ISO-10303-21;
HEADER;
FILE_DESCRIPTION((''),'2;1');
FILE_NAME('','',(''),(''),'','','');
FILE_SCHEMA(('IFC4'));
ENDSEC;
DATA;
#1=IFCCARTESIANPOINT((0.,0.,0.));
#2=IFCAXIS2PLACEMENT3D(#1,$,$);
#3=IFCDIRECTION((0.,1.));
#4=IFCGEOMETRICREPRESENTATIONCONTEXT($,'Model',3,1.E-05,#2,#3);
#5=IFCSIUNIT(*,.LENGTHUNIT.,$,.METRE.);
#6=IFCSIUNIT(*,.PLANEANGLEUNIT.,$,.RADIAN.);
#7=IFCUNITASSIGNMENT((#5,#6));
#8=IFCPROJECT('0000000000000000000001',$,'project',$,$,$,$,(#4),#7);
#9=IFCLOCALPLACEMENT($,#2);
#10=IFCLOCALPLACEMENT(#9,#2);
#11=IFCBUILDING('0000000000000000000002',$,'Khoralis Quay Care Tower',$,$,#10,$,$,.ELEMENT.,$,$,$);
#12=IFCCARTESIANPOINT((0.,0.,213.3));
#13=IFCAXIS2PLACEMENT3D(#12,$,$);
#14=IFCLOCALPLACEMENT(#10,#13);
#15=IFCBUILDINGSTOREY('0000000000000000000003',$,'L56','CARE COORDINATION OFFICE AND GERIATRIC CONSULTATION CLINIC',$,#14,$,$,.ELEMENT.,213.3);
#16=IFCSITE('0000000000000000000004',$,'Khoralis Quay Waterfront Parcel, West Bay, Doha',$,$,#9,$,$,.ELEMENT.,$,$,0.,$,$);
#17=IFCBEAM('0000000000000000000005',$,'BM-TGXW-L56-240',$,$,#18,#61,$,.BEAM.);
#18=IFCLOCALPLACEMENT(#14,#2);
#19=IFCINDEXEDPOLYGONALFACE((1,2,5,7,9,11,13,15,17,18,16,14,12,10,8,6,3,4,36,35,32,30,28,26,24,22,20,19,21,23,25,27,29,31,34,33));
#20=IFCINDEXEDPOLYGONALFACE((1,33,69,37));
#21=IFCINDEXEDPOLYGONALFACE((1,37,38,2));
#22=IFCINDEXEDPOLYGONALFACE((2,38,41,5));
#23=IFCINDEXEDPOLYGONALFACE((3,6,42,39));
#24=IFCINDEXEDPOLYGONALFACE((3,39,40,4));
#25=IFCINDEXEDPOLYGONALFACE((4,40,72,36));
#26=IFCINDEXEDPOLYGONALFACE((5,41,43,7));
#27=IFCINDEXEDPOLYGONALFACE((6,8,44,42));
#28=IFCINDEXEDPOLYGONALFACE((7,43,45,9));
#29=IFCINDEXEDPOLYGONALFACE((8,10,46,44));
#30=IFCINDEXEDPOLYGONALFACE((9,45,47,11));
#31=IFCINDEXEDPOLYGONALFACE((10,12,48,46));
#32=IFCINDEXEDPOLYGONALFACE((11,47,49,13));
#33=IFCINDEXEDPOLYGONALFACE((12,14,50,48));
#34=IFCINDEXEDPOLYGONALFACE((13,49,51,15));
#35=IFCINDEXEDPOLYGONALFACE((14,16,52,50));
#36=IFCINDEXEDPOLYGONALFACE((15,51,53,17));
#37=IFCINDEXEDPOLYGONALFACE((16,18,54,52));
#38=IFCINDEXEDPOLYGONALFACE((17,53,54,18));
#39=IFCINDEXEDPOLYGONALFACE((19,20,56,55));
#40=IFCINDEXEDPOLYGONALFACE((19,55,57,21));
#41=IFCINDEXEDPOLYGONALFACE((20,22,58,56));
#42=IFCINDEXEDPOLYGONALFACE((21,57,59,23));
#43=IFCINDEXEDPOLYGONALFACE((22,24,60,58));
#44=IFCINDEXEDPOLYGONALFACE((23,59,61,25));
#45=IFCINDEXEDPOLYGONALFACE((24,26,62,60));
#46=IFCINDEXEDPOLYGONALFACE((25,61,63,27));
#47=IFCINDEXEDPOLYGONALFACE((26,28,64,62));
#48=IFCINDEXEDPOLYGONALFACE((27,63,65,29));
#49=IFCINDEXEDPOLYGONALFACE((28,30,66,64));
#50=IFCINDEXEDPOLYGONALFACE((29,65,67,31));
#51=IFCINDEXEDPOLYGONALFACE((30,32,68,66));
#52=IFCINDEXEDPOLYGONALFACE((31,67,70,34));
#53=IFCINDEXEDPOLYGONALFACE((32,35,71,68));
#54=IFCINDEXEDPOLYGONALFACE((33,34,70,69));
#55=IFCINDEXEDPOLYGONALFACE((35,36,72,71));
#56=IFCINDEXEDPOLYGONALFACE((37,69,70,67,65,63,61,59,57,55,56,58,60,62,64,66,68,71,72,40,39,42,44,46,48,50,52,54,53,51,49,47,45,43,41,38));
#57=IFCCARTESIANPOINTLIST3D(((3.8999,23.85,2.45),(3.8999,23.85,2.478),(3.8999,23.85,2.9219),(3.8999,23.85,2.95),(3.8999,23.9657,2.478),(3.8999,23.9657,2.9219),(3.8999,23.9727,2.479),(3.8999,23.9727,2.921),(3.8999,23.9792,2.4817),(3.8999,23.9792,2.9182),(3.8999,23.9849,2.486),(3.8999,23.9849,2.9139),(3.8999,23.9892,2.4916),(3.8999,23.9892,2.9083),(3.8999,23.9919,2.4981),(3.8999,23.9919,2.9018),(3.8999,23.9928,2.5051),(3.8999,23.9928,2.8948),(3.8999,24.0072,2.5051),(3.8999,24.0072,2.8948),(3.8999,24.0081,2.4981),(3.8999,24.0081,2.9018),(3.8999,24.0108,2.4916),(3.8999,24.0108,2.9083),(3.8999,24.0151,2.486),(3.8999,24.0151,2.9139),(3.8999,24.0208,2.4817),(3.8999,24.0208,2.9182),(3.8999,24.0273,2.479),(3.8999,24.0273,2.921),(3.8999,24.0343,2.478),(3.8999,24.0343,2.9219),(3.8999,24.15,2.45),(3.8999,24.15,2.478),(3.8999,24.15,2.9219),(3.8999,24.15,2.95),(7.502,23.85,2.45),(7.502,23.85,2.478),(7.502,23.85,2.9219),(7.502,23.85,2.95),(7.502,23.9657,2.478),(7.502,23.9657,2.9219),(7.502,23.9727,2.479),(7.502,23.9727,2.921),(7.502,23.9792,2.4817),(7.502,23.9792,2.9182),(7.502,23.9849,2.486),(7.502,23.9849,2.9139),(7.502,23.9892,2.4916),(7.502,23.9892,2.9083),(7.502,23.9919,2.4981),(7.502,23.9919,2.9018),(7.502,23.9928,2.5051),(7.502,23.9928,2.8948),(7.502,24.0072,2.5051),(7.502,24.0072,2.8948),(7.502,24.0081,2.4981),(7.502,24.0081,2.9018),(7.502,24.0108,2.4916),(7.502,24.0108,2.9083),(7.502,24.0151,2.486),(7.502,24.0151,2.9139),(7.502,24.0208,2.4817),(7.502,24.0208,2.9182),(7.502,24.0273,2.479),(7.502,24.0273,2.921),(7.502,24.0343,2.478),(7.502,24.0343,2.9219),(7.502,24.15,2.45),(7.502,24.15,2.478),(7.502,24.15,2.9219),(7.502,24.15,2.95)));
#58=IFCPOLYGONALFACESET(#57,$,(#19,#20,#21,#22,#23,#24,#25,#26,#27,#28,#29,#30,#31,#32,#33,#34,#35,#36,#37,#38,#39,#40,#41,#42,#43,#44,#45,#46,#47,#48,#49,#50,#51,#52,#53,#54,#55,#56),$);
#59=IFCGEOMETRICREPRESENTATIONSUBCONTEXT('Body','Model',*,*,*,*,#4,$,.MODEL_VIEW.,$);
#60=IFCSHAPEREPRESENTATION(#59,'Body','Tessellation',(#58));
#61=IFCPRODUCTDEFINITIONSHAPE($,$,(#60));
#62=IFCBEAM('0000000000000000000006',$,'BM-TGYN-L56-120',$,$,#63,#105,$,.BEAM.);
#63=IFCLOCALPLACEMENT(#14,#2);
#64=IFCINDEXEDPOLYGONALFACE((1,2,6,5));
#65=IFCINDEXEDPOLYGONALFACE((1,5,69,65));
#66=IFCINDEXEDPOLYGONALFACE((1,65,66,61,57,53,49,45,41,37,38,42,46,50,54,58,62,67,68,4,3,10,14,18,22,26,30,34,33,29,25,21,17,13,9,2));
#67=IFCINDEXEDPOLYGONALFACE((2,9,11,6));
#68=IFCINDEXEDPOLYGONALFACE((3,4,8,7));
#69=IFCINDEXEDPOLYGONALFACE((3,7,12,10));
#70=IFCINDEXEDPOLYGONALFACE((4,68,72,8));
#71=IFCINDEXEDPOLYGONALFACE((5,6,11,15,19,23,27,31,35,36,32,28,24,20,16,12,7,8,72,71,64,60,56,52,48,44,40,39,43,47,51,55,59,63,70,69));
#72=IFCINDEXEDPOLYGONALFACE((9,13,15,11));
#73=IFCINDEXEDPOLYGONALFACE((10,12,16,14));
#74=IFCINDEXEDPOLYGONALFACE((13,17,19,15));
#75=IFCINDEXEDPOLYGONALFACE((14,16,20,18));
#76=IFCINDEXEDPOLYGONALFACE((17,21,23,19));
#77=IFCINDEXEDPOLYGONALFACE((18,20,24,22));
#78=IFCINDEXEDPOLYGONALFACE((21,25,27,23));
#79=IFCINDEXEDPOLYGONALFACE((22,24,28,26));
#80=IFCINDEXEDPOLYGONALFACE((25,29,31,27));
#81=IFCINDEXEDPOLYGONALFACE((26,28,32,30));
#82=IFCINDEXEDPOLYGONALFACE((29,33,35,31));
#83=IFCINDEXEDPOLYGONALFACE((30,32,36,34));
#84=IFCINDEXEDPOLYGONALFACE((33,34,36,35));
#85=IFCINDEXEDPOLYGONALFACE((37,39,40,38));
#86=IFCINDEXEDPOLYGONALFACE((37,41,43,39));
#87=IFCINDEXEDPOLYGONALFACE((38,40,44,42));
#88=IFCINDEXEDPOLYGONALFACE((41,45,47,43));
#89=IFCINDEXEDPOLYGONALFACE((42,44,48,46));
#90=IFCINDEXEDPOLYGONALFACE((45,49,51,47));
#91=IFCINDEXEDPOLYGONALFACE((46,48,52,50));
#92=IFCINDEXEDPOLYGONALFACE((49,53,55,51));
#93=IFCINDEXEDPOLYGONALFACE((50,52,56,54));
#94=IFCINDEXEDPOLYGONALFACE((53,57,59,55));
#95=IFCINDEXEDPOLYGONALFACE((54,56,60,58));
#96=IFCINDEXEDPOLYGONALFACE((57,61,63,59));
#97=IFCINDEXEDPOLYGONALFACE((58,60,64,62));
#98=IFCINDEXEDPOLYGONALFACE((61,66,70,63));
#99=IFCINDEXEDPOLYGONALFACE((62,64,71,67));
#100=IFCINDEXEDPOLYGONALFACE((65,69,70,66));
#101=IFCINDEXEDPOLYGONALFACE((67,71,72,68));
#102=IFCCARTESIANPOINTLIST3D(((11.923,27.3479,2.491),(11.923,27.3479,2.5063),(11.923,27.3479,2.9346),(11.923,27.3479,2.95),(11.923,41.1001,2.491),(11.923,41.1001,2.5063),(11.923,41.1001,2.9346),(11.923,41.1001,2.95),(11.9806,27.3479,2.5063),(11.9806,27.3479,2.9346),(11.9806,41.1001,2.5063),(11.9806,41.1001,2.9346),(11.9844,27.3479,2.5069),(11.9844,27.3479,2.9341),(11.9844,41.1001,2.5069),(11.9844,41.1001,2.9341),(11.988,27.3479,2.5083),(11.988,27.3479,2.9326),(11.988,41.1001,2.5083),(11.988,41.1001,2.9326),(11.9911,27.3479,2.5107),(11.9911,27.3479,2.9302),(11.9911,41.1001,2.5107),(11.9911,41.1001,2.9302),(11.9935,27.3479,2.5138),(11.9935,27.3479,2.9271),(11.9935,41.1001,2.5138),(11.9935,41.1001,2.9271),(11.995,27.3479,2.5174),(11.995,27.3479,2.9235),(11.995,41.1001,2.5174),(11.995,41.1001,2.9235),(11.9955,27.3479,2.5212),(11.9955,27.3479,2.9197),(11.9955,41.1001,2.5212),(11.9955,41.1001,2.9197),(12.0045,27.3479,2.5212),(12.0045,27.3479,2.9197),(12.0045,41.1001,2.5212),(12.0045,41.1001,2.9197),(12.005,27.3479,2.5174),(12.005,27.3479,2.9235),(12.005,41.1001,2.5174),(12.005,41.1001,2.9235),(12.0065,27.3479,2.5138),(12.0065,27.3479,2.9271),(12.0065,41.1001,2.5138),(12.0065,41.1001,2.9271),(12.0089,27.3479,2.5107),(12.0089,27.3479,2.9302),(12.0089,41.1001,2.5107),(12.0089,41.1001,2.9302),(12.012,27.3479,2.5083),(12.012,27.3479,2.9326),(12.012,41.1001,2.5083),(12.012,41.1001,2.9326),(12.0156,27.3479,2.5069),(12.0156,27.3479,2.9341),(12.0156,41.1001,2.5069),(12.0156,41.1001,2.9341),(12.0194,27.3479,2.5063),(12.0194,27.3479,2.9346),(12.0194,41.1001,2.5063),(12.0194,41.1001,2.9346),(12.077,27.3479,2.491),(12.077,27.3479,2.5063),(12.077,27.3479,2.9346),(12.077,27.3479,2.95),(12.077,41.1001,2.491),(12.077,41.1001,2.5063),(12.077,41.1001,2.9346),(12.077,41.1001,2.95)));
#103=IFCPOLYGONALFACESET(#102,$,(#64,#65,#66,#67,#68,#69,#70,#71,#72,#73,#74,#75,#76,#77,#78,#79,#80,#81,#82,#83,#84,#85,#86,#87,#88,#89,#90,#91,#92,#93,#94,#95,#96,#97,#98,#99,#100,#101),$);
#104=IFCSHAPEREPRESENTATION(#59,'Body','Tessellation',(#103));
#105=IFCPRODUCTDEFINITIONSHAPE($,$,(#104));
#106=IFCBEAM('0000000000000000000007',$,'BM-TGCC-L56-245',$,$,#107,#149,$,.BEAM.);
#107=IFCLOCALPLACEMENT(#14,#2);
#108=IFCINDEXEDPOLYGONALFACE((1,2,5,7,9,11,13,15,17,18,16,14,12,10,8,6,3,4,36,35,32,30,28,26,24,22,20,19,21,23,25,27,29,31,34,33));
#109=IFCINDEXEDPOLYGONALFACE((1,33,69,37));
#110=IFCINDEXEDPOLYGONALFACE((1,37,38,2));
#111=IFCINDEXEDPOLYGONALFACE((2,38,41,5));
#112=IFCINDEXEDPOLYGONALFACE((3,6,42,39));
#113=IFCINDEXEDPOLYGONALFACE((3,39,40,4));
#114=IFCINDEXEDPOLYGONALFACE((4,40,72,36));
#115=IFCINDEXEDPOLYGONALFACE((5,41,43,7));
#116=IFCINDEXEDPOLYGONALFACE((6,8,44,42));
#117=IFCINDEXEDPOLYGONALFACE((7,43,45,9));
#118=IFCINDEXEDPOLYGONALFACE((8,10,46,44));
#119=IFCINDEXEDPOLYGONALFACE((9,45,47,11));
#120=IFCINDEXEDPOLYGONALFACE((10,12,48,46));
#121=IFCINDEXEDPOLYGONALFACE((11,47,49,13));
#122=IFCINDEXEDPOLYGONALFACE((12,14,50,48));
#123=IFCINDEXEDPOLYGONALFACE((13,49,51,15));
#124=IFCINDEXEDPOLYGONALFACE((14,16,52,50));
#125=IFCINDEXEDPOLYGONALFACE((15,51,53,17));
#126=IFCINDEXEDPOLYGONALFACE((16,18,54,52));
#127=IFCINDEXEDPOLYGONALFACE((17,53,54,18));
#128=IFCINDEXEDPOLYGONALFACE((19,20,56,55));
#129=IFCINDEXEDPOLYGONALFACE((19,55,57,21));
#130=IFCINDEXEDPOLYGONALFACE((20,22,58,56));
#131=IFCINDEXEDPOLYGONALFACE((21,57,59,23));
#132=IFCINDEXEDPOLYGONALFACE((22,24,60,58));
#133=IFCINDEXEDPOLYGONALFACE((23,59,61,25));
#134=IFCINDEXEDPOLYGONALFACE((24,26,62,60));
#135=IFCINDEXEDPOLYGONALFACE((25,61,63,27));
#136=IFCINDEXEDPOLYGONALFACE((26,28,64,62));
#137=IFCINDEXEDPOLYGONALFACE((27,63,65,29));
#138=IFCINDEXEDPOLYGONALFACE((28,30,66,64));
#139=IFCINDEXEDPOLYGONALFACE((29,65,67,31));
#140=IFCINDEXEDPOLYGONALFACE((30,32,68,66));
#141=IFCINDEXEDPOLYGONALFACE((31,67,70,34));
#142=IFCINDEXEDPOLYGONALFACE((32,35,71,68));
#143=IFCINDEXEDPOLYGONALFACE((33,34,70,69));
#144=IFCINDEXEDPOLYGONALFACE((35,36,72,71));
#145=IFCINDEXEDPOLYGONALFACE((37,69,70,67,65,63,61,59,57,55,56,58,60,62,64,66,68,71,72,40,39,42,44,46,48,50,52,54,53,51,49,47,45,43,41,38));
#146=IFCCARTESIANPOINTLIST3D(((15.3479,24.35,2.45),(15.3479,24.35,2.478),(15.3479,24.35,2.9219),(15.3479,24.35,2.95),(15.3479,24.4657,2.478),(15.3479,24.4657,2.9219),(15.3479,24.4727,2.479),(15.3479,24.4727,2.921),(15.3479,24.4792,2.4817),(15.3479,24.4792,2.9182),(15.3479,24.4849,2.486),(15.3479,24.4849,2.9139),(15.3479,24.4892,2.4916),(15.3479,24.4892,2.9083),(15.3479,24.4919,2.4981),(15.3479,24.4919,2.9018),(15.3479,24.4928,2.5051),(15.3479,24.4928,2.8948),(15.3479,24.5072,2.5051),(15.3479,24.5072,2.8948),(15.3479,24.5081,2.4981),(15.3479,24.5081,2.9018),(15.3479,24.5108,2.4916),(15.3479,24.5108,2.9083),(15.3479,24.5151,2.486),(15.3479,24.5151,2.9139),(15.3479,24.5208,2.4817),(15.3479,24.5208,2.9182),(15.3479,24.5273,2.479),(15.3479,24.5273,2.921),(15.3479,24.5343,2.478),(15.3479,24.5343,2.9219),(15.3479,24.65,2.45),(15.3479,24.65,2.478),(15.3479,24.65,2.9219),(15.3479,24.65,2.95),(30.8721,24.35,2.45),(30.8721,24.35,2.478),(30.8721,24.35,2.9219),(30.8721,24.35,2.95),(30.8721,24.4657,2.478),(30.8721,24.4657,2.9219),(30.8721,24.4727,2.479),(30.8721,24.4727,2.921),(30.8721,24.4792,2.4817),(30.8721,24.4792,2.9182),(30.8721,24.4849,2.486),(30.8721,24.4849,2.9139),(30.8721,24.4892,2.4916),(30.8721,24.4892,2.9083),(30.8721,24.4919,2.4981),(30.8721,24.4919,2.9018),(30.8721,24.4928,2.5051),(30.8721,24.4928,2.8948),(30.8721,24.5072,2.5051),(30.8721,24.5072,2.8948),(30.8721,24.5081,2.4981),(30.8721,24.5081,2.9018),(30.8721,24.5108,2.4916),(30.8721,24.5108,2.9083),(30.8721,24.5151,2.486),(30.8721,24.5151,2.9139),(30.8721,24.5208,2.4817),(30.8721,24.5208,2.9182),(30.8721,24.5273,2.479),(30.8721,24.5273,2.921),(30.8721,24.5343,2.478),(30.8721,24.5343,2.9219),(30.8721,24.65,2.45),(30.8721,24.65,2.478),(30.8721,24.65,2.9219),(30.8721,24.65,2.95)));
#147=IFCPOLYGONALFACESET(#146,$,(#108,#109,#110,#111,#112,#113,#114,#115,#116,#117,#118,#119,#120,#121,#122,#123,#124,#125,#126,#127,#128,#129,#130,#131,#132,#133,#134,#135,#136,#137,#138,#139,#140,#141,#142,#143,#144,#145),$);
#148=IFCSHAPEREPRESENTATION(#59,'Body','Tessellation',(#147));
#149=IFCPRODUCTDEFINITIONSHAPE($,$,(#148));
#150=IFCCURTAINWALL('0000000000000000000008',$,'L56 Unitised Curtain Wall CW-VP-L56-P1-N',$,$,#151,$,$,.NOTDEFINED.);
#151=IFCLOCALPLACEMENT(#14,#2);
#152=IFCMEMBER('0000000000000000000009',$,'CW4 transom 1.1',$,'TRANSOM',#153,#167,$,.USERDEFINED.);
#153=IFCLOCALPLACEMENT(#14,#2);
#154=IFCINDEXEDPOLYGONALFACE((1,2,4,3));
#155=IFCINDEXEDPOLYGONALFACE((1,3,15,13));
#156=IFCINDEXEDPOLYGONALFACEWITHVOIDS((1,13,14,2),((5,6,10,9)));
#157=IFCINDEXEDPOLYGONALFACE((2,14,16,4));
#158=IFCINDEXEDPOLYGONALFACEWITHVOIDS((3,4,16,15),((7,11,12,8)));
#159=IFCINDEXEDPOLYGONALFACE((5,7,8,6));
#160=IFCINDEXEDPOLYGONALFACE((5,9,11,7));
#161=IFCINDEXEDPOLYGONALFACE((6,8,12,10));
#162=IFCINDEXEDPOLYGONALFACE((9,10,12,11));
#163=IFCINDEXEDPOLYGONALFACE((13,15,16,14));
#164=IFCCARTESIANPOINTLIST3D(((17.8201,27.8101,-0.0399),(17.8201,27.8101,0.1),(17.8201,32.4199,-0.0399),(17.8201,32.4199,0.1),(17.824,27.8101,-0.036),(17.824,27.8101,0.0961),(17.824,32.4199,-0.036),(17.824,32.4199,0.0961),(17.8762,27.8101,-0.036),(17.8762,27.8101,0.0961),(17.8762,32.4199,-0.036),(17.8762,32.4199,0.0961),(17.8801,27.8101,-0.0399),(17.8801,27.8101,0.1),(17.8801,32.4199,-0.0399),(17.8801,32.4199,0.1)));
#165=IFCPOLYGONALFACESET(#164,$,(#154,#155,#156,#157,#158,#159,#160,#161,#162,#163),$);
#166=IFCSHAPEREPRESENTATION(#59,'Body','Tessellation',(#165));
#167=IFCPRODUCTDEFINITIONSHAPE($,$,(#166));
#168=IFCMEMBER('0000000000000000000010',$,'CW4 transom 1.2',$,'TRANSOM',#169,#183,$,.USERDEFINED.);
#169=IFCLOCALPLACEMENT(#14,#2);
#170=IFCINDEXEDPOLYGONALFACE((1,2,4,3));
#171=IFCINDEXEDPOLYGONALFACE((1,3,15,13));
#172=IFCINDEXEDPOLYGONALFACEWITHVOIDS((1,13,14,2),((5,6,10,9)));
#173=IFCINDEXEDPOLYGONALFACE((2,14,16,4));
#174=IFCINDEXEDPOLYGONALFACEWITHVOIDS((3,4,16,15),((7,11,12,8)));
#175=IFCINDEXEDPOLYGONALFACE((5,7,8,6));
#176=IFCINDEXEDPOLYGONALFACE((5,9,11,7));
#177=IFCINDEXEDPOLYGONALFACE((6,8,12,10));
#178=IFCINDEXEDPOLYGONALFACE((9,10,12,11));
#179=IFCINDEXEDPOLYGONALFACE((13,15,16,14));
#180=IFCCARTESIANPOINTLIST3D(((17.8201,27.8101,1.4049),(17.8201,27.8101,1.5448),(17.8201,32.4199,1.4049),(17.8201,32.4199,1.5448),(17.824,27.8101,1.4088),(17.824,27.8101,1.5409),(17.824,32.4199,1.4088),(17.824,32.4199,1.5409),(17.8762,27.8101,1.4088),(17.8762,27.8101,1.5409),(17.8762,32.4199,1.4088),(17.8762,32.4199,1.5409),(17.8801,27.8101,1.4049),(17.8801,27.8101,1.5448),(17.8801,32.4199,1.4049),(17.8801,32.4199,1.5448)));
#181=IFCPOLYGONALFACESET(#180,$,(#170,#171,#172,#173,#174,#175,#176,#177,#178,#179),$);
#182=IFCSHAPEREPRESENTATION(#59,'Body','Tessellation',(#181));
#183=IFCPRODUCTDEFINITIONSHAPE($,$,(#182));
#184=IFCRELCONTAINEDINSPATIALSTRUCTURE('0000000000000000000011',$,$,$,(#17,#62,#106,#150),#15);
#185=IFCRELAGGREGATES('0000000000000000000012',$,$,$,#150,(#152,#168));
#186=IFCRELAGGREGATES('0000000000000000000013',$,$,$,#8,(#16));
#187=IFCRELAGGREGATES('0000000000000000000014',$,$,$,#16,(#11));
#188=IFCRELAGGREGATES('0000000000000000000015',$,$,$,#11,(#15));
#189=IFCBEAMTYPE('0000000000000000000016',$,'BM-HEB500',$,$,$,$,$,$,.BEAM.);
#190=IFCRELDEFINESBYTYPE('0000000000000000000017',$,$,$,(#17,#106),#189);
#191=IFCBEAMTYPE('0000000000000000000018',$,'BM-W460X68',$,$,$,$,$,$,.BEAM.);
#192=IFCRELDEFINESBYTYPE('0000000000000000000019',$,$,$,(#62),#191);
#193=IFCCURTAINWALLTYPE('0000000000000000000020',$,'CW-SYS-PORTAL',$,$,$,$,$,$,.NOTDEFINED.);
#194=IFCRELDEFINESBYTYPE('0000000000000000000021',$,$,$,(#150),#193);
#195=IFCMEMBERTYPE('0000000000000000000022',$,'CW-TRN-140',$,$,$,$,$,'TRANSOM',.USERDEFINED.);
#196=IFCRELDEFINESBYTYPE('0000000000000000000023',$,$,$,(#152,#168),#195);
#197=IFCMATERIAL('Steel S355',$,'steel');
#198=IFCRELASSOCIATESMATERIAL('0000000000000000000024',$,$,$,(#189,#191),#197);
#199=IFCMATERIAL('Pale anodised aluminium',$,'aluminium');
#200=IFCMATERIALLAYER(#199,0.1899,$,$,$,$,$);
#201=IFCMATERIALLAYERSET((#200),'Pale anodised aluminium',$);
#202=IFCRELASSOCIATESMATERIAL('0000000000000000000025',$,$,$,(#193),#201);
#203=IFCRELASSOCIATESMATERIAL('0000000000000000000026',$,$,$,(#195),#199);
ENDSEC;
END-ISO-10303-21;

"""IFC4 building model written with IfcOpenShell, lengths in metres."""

from ifc_helpers import new_model, si_unit, direction, frame, origin, origin_2d, place, context, subcontext, project, spatial, hollow_rectangle, i_section, extrude, source, transform, mapped, material, layer, layer_set, material_profile, profile_set, type_object, element, aggregate, save


model = new_model("IFC4")

# Units and contexts
model_context = context("Model", 3, precision=1e-05, world=origin(), true_north=direction((0.0, 1.0)))
body_context = subcontext(model_context, "Body", "Model", "MODEL_VIEW")
ifc_project = project(units=[si_unit("LENGTHUNIT", "METRE"), si_unit("PLANEANGLEUNIT", "RADIAN")], contexts=[model_context])

# Site, building, storey
site_placement = place(None, origin())
site = spatial("IfcSite", under=ifc_project, at=site_placement, Name="Khoralis Quay Waterfront Parcel, West Bay, Doha", CompositionType="ELEMENT", RefElevation=0.0)
building_placement = place(site_placement, origin())
building = spatial("IfcBuilding", under=site, at=building_placement, Name="Khoralis Quay Care Tower", CompositionType="ELEMENT")
storey_placement = place(building_placement, frame((0.0, 0.0, 213.3)))
storey = spatial("IfcBuildingStorey", under=building, at=storey_placement, Name="L56", Description="CARE COORDINATION OFFICE AND GERIATRIC CONSULTATION CLINIC", CompositionType="ELEMENT", Elevation=213.3)

# Beams
ifc_material_1 = material(Name="Steel S355", Category="steel")
ifc_material_profile_1 = material_profile(ifc_material_1, i_section(OverallWidth=0.3, OverallDepth=0.5, WebThickness=0.0144, FlangeThickness=0.0281, FilletRadius=0.0271, at=origin_2d()), Name="Steel S355")
ifc_profile_set_1 = profile_set([ifc_material_profile_1], Name="Steel S355")
beam_type_1 = type_object("IfcBeamType", Name="BM-HEB500", PredefinedType="BEAM", material=ifc_profile_set_1)
shared_shape_1 = source(origin(), body_context, "Body", "SweptSolid", [
    extrude(i_section(OverallWidth=0.3, OverallDepth=0.5, WebThickness=0.0144, FlangeThickness=0.0281, FilletRadius=0.0271, at=origin_2d()), origin(), (0.0, 0.0, 1.0), 3.6021),
])
beam_1_placement = place(storey_placement, frame((3.8999, 24.0, 2.7), z_axis=(1.0, 0.0, 0.0), x_axis=(0.0, 1.0, 0.0)))
element("IfcBeam", 1, at=beam_1_placement, inside=storey, type_object=beam_type_1, Name="BM-TGXW-L56-240", PredefinedType="BEAM", context=body_context, shape_type="MappedRepresentation", body=[
    mapped(shared_shape_1, transform((0.0, 0.0, 0.0), scale=1.0)),
])
ifc_material_profile_2 = material_profile(ifc_material_1, i_section(OverallWidth=0.1541, OverallDepth=0.459, WebThickness=0.009, FlangeThickness=0.0154, FilletRadius=0.0149, at=origin_2d()), Name="Steel S355")
ifc_profile_set_2 = profile_set([ifc_material_profile_2], Name="Steel S355")
beam_type_2 = type_object("IfcBeamType", Name="BM-W460X68", PredefinedType="BEAM", material=ifc_profile_set_2)
shared_shape_2 = source(origin(), body_context, "Body", "SweptSolid", [
    extrude(i_section(OverallWidth=0.1541, OverallDepth=0.459, WebThickness=0.009, FlangeThickness=0.0154, FilletRadius=0.0149, at=origin_2d()), origin(), (0.0, 0.0, 1.0), 13.7522),
])
beam_2_placement = place(storey_placement, frame((12.0, 27.3479, 2.7205), z_axis=(0.0, 1.0, 0.0), x_axis=(-1.0, 0.0, 0.0)))
element("IfcBeam", 2, at=beam_2_placement, inside=storey, type_object=beam_type_2, Name="BM-TGYN-L56-120", PredefinedType="BEAM", context=body_context, shape_type="MappedRepresentation", body=[
    mapped(shared_shape_2, transform((0.0, 0.0, 0.0), scale=1.0)),
])
shared_shape_3 = source(origin(), body_context, "Body", "SweptSolid", [
    extrude(i_section(OverallWidth=0.3, OverallDepth=0.5, WebThickness=0.0144, FlangeThickness=0.0281, FilletRadius=0.0271, at=origin_2d()), origin(), (0.0, 0.0, 1.0), 15.5242),
])
beam_3_placement = place(storey_placement, frame((15.3479, 24.5, 2.7), z_axis=(1.0, 0.0, 0.0), x_axis=(0.0, 1.0, 0.0)))
element("IfcBeam", 3, at=beam_3_placement, inside=storey, type_object=beam_type_1, Name="BM-TGCC-L56-245", PredefinedType="BEAM", context=body_context, shape_type="MappedRepresentation", body=[
    mapped(shared_shape_3, transform((0.0, 0.0, 0.0), scale=1.0)),
])

# Curtain wall, members
ifc_material_2 = material(Name="Pale anodised aluminium", Category="aluminium")
ifc_layer_1 = layer(ifc_material_2, 0.1899)
ifc_layer_set_1 = layer_set([ifc_layer_1], Name="Pale anodised aluminium")
curtain_wall_type = type_object("IfcCurtainWallType", Name="CW-SYS-PORTAL", PredefinedType="NOTDEFINED", material=ifc_layer_set_1)
curtain_wall_placement = place(storey_placement, origin())
curtain_wall = element("IfcCurtainWall", 4, at=curtain_wall_placement, inside=storey, type_object=curtain_wall_type, Name="L56 Unitised Curtain Wall CW-VP-L56-P1-N", PredefinedType="NOTDEFINED")
ifc_material_profile_3 = material_profile(ifc_material_2, hollow_rectangle(XDim=0.0601, YDim=0.1399, WallThickness=0.0039, at=origin_2d()), Name="Pale anodised aluminium")
ifc_profile_set_3 = profile_set([ifc_material_profile_3], Name="Pale anodised aluminium")
member_type_1 = type_object("IfcMemberType", Name="CW-TRN-140", ElementType="TRANSOM", PredefinedType="USERDEFINED", material=ifc_profile_set_3)
shared_shape_4 = source(origin(), body_context, "Body", "SweptSolid", [
    extrude(hollow_rectangle(XDim=0.0601, YDim=0.1399, WallThickness=0.0039, at=origin_2d()), origin(), (0.0, 0.0, 1.0), 4.6099),
])
member_1_placement = place(storey_placement, frame((17.8501, 27.8101, 0.03), z_axis=(0.0, 1.0, 0.0), x_axis=(-1.0, 0.0, 0.0)))
member_1 = element("IfcMember", 5, at=member_1_placement, type_object=member_type_1, Name="CW4 transom 1.1", ObjectType="TRANSOM", PredefinedType="USERDEFINED", context=body_context, shape_type="MappedRepresentation", body=[
    mapped(shared_shape_4, transform((0.0, 0.0, 0.0), scale=1.0)),
])
member_2_placement = place(storey_placement, frame((17.8501, 27.8101, 1.4749), z_axis=(0.0, 1.0, 0.0), x_axis=(-1.0, 0.0, 0.0)))
member_2 = element("IfcMember", 6, at=member_2_placement, type_object=member_type_1, Name="CW4 transom 1.2", ObjectType="TRANSOM", PredefinedType="USERDEFINED", context=body_context, shape_type="MappedRepresentation", body=[
    mapped(shared_shape_4, transform((0.0, 0.0, 0.0), scale=1.0)),
])
aggregate(curtain_wall, [member_1, member_2])

save(model, "model.ifc")
